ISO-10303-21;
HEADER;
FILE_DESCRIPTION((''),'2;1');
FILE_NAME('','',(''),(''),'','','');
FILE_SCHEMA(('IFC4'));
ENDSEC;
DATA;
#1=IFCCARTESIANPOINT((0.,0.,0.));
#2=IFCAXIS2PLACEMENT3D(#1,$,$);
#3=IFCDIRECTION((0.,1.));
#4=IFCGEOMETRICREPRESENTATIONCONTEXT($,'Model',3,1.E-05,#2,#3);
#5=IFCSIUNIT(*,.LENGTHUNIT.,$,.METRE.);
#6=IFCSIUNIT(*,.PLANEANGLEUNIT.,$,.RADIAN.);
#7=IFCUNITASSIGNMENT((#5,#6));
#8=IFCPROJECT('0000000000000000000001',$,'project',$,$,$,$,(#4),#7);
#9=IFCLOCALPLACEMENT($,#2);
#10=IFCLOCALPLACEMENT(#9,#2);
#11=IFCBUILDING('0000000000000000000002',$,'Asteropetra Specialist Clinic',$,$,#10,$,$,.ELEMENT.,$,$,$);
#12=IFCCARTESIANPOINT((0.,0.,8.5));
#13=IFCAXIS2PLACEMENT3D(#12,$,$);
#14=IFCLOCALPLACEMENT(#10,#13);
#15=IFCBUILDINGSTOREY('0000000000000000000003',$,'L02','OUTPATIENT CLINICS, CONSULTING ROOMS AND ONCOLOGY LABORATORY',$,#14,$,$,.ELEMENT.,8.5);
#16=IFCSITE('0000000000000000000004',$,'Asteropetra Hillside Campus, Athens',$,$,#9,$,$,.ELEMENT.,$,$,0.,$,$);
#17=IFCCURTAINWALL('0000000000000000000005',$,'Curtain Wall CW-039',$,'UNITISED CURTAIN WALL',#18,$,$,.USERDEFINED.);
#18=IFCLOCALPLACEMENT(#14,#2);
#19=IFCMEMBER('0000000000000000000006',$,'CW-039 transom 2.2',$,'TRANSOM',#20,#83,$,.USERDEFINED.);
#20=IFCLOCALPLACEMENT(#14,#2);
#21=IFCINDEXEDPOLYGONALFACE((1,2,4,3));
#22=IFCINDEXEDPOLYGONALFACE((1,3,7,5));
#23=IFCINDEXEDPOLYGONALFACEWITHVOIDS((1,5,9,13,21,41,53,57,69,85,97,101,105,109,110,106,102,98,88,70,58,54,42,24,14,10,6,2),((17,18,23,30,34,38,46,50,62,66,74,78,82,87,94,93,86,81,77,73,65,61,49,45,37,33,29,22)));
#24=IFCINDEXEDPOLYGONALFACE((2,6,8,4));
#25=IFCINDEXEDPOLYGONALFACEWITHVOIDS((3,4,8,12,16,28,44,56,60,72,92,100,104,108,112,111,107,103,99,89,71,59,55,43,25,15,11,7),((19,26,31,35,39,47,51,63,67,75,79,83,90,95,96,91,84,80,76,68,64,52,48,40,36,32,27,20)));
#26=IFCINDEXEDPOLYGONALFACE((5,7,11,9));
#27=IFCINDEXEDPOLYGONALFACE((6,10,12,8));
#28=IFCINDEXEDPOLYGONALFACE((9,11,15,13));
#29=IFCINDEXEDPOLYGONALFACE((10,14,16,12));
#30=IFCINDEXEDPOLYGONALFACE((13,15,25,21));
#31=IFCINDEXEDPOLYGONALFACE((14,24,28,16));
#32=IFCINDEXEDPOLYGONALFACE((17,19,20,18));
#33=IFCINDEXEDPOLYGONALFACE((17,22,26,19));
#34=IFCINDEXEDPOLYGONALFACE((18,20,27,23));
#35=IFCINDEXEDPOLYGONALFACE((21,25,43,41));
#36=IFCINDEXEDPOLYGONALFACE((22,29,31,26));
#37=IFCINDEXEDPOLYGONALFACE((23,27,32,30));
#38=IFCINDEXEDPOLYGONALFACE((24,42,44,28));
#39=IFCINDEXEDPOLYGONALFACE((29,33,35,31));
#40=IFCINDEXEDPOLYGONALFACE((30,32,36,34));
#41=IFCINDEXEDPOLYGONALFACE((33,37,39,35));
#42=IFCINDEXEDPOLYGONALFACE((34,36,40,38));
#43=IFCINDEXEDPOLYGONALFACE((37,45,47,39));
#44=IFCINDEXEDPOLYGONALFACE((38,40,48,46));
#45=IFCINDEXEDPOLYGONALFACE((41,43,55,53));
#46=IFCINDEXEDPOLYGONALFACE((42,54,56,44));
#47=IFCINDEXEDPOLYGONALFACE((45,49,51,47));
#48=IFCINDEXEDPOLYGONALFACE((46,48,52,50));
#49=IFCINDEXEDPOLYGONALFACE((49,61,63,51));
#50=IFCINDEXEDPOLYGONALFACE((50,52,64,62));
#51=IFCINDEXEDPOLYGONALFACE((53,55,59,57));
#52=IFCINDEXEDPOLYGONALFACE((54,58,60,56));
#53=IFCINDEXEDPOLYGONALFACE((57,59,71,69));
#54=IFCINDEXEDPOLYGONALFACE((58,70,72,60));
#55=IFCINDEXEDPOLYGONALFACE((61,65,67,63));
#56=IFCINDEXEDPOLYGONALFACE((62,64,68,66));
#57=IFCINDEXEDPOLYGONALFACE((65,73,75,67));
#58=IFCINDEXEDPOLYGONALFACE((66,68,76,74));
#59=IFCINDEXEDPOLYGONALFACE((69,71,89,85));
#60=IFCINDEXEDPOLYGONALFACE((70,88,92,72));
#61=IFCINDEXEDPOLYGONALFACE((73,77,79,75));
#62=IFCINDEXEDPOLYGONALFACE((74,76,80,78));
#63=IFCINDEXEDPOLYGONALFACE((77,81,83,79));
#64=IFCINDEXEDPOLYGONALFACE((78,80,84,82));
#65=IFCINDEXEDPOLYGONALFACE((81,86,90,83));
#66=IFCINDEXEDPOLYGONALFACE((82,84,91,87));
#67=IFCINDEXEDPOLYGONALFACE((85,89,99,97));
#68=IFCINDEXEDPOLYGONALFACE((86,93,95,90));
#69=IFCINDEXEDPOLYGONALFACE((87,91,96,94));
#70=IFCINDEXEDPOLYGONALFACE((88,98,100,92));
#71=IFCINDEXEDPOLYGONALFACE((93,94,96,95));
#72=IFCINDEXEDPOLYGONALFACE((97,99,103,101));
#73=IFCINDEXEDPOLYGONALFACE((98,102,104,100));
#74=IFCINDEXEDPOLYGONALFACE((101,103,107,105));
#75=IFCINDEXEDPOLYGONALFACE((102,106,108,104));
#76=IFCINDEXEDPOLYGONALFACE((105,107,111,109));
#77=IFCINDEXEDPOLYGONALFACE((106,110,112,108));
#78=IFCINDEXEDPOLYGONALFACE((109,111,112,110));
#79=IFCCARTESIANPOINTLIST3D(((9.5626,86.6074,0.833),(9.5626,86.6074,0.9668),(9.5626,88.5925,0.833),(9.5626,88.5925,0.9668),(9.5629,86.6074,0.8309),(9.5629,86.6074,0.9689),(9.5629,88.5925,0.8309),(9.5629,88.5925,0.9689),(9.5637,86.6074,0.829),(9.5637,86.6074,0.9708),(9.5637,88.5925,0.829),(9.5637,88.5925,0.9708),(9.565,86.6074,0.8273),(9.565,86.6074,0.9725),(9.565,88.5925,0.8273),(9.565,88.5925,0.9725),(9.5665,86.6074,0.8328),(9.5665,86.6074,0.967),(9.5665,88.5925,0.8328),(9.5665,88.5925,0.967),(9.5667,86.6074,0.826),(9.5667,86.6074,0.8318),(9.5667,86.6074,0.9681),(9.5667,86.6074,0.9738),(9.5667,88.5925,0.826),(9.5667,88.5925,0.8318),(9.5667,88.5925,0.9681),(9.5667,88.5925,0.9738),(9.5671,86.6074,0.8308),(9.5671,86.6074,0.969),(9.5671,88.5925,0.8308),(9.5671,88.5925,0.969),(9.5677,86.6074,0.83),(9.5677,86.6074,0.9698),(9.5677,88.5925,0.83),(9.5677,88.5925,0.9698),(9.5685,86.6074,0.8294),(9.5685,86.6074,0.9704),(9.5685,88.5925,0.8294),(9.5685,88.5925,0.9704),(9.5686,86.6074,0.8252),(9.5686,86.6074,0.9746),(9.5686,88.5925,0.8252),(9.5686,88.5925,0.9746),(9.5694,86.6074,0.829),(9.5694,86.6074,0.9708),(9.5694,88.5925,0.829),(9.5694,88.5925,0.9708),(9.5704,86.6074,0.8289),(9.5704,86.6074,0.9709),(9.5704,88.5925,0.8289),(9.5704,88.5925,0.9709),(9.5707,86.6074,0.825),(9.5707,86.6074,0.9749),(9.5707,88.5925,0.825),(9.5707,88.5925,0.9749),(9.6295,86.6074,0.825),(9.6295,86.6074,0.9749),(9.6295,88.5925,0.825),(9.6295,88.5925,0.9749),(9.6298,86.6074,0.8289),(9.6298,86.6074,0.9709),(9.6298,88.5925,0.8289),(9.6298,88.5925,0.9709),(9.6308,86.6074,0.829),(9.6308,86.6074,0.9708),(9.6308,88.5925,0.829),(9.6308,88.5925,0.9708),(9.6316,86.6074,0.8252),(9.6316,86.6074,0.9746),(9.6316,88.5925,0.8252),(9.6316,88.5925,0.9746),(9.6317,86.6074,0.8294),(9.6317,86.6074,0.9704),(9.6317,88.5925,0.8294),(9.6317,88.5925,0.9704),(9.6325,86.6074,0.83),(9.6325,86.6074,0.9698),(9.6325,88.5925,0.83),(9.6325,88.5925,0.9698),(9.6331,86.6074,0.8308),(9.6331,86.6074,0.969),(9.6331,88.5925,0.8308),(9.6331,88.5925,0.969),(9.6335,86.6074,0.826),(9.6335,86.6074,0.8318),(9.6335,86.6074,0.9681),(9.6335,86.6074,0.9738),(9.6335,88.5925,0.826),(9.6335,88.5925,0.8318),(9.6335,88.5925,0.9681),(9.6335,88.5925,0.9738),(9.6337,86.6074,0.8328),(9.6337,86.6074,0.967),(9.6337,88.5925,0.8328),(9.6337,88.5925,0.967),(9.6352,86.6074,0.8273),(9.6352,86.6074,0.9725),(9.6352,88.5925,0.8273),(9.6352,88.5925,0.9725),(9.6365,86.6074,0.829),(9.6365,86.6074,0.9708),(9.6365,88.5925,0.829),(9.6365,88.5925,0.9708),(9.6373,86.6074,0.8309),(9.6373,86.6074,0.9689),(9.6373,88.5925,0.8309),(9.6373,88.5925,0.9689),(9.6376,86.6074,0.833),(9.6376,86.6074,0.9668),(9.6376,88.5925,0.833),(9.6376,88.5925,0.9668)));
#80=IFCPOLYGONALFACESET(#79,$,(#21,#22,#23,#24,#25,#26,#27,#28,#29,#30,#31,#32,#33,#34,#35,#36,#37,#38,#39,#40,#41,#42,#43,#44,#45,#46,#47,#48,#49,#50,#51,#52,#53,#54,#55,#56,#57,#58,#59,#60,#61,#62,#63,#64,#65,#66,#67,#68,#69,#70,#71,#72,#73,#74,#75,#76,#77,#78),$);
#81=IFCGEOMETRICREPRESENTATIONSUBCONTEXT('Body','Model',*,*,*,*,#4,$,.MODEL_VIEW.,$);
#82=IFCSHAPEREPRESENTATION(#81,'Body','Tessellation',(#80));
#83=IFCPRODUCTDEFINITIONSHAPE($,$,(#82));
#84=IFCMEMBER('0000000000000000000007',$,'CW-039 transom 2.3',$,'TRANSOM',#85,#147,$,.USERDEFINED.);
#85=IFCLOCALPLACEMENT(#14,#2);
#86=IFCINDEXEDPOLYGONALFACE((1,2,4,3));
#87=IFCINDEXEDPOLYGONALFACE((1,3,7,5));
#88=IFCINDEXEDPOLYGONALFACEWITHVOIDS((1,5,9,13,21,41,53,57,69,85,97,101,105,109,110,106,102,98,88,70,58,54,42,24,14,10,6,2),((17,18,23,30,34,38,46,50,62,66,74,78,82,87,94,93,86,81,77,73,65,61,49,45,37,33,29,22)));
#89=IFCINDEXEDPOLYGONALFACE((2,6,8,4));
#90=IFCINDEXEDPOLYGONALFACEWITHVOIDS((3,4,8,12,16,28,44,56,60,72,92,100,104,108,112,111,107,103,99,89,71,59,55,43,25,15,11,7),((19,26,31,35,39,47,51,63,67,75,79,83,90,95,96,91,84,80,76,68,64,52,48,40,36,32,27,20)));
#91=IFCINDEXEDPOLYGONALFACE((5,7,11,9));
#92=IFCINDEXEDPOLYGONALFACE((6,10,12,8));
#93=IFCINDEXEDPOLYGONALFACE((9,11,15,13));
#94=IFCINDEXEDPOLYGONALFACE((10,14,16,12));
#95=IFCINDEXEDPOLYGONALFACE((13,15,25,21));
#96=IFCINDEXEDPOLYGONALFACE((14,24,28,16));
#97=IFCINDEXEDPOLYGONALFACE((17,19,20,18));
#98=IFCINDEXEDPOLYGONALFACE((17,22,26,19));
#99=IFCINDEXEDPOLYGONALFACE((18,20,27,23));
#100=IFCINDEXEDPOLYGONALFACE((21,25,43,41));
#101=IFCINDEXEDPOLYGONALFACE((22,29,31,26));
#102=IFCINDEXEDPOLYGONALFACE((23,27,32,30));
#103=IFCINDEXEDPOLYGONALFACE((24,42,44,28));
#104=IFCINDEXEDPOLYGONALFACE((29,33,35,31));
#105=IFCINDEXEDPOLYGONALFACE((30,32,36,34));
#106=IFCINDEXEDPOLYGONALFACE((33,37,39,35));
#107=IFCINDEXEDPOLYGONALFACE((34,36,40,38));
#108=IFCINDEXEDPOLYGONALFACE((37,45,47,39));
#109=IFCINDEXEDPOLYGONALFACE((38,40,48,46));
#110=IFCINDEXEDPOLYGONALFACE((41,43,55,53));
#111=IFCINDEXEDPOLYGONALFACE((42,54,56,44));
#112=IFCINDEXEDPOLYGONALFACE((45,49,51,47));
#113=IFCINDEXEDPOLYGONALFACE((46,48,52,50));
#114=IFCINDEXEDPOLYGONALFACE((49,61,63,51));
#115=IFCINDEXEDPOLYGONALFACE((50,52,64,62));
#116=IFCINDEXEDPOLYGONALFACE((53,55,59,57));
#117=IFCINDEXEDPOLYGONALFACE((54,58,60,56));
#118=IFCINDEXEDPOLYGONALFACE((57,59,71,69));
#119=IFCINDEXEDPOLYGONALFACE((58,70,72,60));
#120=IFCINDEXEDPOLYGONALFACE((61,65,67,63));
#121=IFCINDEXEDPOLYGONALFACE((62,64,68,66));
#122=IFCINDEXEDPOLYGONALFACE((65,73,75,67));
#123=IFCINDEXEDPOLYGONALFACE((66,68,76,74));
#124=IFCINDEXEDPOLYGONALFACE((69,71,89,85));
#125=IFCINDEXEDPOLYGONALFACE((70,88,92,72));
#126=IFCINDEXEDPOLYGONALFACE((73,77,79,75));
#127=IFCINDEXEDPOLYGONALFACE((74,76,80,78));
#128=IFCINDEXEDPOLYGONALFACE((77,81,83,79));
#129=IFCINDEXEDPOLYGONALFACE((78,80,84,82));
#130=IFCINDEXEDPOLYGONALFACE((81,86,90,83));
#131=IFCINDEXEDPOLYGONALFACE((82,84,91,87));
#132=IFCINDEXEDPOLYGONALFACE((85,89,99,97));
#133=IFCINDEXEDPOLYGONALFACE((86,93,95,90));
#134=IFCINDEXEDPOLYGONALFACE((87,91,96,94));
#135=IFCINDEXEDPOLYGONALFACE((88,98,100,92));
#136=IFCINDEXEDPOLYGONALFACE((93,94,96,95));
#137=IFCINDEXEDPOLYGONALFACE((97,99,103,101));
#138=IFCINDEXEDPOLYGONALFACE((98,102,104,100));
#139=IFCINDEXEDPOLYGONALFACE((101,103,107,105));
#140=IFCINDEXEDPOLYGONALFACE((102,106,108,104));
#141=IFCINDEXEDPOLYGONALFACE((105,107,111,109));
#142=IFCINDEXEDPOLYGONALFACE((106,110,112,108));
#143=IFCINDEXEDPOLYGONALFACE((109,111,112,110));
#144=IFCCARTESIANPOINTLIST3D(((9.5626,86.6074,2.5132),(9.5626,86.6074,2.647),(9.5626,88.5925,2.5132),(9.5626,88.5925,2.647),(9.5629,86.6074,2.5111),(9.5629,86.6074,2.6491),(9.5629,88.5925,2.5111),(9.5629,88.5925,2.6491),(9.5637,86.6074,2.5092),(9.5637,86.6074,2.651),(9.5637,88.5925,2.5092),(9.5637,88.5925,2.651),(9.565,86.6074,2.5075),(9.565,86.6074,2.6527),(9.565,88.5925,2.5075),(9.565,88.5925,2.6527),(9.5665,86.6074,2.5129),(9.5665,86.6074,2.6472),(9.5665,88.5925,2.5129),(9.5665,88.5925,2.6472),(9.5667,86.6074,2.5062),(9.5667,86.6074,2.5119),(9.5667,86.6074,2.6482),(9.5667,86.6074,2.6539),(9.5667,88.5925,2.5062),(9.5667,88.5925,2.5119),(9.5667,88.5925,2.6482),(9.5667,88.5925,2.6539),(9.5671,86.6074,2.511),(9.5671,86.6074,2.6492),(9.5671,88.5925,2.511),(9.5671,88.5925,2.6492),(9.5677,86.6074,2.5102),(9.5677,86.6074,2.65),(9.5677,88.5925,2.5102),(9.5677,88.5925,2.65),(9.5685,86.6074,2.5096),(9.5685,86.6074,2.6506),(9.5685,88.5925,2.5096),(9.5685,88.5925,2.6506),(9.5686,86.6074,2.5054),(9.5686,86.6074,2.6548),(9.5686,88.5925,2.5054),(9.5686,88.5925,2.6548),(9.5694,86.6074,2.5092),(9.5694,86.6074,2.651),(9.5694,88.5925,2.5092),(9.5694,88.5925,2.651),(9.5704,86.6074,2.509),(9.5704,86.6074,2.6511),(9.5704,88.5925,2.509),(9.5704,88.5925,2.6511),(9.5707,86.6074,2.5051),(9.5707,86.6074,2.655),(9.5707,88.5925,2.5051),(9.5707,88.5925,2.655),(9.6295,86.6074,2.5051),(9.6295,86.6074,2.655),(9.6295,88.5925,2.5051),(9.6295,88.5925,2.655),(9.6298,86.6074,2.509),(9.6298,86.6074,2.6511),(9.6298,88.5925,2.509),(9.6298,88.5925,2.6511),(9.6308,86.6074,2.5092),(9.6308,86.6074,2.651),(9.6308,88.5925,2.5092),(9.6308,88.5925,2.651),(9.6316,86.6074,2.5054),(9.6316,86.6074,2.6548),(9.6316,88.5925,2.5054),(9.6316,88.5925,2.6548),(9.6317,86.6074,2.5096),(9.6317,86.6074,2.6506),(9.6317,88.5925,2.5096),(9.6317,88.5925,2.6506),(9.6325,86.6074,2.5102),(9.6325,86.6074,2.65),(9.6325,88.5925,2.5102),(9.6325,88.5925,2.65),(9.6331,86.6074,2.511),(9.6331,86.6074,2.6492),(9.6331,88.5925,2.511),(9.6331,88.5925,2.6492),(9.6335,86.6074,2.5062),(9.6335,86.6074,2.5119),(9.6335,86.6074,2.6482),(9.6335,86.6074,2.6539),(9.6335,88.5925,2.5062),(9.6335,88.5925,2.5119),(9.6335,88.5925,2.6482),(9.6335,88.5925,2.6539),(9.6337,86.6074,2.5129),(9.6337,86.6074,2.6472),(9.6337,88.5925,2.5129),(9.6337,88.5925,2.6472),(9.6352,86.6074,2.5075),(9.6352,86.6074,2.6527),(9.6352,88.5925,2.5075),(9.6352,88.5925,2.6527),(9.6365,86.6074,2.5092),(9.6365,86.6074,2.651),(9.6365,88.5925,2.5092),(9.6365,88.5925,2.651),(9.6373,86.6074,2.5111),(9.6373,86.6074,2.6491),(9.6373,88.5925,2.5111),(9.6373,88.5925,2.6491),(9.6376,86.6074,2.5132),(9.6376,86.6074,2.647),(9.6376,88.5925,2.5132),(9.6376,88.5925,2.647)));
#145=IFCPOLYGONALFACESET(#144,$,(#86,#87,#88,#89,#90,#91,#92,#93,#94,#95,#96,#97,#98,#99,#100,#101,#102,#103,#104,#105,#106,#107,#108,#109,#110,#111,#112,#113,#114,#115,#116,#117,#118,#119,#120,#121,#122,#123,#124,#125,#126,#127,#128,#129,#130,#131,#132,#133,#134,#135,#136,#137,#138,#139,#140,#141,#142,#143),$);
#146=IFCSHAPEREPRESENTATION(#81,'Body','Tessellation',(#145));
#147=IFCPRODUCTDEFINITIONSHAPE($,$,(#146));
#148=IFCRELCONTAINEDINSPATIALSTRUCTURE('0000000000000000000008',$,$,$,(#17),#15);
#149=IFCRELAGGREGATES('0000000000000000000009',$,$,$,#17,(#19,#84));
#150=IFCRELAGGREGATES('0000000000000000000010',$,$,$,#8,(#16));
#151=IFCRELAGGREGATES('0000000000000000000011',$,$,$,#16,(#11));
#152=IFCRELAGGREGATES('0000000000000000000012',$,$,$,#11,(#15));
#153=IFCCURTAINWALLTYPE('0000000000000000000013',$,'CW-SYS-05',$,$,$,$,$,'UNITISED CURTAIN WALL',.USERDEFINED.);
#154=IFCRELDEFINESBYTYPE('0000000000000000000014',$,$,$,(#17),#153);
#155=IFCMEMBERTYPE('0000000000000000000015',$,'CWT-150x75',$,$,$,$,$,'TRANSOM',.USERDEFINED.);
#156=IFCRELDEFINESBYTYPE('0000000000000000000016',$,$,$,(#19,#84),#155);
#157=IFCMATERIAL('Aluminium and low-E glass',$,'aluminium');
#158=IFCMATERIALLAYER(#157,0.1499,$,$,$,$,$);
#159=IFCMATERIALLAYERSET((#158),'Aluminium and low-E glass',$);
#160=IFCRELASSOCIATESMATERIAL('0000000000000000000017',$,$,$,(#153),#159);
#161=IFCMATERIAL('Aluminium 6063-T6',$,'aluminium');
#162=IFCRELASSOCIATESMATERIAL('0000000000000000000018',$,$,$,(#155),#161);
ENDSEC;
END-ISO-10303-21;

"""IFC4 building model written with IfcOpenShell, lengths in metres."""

from ifc_helpers import new_model, si_unit, direction, frame, origin, origin_2d, place, context, subcontext, project, spatial, hollow_rectangle, extrude, material, layer, layer_set, material_profile, profile_set, type_object, element, aggregate, save


model = new_model("IFC4")

# Units and contexts
model_context = context("Model", 3, precision=1e-05, world=origin(), true_north=direction((0.0, 1.0)))
body_context = subcontext(model_context, "Body", "Model", "MODEL_VIEW")
ifc_project = project(units=[si_unit("LENGTHUNIT", "METRE"), si_unit("PLANEANGLEUNIT", "RADIAN")], contexts=[model_context])

# Site, building, storey
site_placement = place(None, origin())
site = spatial("IfcSite", under=ifc_project, at=site_placement, Name="Asteropetra Hillside Campus, Athens", CompositionType="ELEMENT", RefElevation=0.0)
building_placement = place(site_placement, origin())
building = spatial("IfcBuilding", under=site, at=building_placement, Name="Asteropetra Specialist Clinic", CompositionType="ELEMENT")
storey_placement = place(building_placement, frame((0.0, 0.0, 8.5)))
storey = spatial("IfcBuildingStorey", under=building, at=storey_placement, Name="L02", Description="OUTPATIENT CLINICS, CONSULTING ROOMS AND ONCOLOGY LABORATORY", CompositionType="ELEMENT", Elevation=8.5)

# Curtain wall, members
ifc_material_1 = material(Name="Aluminium and low-E glass", Category="aluminium")
ifc_layer_1 = layer(ifc_material_1, 0.1499)
ifc_layer_set_1 = layer_set([ifc_layer_1], Name="Aluminium and low-E glass")
curtain_wall_type = type_object("IfcCurtainWallType", Name="CW-SYS-05", ElementType="UNITISED CURTAIN WALL", PredefinedType="USERDEFINED", material=ifc_layer_set_1)
curtain_wall_placement = place(storey_placement, origin())
curtain_wall = element("IfcCurtainWall", 1, at=curtain_wall_placement, inside=storey, type_object=curtain_wall_type, Name="Curtain Wall CW-039", ObjectType="UNITISED CURTAIN WALL", PredefinedType="USERDEFINED")
ifc_material_2 = material(Name="Aluminium 6063-T6", Category="aluminium")
ifc_material_profile_1 = material_profile(ifc_material_2, hollow_rectangle(XDim=0.075, YDim=0.1499, WallThickness=0.0039, InnerFilletRadius=0.0039, OuterFilletRadius=0.0081, at=origin_2d()), Name="TRN 150x75x4.0")
ifc_profile_set_1 = profile_set([ifc_material_profile_1], Name="Aluminium 6063-T6")
member_type_1 = type_object("IfcMemberType", Name="CWT-150x75", ElementType="TRANSOM", PredefinedType="USERDEFINED", material=ifc_profile_set_1)
member_1_placement = place(storey_placement, frame((9.6001, 88.5925, 0.8999), z_axis=(0.0, -1.0, 0.0), x_axis=(1.0, 0.0, 0.0)))
member_1 = element("IfcMember", 2, at=member_1_placement, type_object=member_type_1, Name="CW-039 transom 2.2", ObjectType="TRANSOM", PredefinedType="USERDEFINED", context=body_context, shape_type="SweptSolid", body=[
    extrude(hollow_rectangle(XDim=0.075, YDim=0.1499, WallThickness=0.0039, InnerFilletRadius=0.0039, OuterFilletRadius=0.0081, at=origin_2d()), origin(), (0.0, 0.0, 1.0), 1.9851),
])
member_2_placement = place(storey_placement, frame((9.6001, 88.5925, 2.5801), z_axis=(0.0, -1.0, 0.0), x_axis=(1.0, 0.0, 0.0)))
member_2 = element("IfcMember", 3, at=member_2_placement, type_object=member_type_1, Name="CW-039 transom 2.3", ObjectType="TRANSOM", PredefinedType="USERDEFINED", context=body_context, shape_type="SweptSolid", body=[
    extrude(hollow_rectangle(XDim=0.075, YDim=0.1499, WallThickness=0.0039, InnerFilletRadius=0.0039, OuterFilletRadius=0.0081, at=origin_2d()), origin(), (0.0, 0.0, 1.0), 1.9851),
])

aggregate(curtain_wall, [member_1, member_2])

save(model, "model.ifc")
